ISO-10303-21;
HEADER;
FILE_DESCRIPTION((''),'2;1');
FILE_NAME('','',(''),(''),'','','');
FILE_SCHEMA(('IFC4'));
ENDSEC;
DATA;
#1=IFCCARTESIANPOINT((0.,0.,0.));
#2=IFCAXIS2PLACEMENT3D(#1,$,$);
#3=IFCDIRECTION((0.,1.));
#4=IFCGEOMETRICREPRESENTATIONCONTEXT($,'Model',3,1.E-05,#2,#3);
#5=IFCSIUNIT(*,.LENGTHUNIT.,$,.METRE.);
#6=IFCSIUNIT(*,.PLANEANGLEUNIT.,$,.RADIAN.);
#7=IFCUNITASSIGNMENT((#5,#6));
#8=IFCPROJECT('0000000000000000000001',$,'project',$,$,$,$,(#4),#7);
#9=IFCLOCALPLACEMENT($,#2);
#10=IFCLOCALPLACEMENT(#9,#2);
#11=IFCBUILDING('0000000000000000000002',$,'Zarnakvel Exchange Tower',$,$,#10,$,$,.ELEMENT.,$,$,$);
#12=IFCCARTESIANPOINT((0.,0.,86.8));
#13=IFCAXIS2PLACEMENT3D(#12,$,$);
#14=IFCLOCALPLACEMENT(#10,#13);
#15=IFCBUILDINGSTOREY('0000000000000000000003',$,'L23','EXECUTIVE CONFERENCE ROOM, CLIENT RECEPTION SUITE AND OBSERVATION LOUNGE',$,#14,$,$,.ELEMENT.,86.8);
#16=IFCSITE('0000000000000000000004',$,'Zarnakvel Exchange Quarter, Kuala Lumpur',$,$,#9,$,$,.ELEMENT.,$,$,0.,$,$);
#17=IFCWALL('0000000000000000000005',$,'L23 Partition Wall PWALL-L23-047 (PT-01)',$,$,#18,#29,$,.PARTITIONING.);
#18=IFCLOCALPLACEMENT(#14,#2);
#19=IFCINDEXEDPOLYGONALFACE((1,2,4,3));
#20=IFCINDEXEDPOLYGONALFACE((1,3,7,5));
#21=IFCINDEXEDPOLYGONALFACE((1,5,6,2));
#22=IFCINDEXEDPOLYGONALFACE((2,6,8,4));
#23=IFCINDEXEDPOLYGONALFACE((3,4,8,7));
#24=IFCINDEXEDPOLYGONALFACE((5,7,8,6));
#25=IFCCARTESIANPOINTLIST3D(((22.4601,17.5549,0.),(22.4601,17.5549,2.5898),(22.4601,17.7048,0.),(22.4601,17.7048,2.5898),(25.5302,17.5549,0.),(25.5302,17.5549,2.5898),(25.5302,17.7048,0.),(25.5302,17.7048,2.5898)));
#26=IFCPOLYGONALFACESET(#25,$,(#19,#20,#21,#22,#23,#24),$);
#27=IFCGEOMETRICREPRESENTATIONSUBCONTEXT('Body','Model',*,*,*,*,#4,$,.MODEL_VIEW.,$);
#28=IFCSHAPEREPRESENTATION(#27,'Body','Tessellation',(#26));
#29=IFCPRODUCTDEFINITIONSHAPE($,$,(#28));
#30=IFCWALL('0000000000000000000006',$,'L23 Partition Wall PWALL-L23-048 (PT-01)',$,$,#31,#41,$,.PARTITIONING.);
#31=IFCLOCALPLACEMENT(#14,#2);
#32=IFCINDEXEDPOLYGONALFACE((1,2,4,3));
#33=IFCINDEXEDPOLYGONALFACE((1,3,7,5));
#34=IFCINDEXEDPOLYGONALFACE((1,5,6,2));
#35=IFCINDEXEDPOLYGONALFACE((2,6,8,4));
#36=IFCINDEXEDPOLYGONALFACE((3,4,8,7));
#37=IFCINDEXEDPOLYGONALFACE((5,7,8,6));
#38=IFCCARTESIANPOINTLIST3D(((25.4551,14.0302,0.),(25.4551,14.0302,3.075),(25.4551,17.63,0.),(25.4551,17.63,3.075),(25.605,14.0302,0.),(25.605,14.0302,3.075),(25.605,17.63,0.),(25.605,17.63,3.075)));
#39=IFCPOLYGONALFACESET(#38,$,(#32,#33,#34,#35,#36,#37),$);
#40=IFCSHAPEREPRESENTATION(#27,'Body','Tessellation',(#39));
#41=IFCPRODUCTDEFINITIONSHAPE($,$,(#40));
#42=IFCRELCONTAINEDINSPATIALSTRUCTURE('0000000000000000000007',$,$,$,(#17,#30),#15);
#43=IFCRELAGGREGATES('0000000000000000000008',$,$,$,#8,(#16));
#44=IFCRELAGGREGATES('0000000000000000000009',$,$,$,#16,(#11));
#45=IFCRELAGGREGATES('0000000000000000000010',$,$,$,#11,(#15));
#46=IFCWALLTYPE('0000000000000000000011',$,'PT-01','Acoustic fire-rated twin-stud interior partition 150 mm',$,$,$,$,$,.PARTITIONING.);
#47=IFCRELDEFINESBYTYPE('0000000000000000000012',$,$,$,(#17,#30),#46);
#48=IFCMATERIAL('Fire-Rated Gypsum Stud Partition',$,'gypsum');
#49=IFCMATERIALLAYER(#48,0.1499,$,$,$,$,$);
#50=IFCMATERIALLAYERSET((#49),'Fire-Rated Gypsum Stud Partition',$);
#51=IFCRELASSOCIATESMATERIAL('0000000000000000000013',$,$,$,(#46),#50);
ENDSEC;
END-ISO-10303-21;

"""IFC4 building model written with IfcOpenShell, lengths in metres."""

from ifc_helpers import new_model, si_unit, direction, frame, frame_2d, origin, place, context, subcontext, project, spatial, rectangle, extrude, material, layer, layer_set, type_object, element, save


model = new_model("IFC4")

# Units and contexts
model_context = context("Model", 3, precision=1e-05, world=origin(), true_north=direction((0.0, 1.0)))
body_context = subcontext(model_context, "Body", "Model", "MODEL_VIEW")
ifc_project = project(units=[si_unit("LENGTHUNIT", "METRE"), si_unit("PLANEANGLEUNIT", "RADIAN")], contexts=[model_context])

# Site, building, storey
site_placement = place(None, origin())
site = spatial("IfcSite", under=ifc_project, at=site_placement, Name="Zarnakvel Exchange Quarter, Kuala Lumpur", CompositionType="ELEMENT", RefElevation=0.0)
building_placement = place(site_placement, origin())
building = spatial("IfcBuilding", under=site, at=building_placement, Name="Zarnakvel Exchange Tower", CompositionType="ELEMENT")
storey_placement = place(building_placement, frame((0.0, 0.0, 86.8)))
storey = spatial("IfcBuildingStorey", under=building, at=storey_placement, Name="L23", Description="EXECUTIVE CONFERENCE ROOM, CLIENT RECEPTION SUITE AND OBSERVATION LOUNGE", CompositionType="ELEMENT", Elevation=86.8)

# Shared definitions
ifc_material_1 = material(Name="Fire-Rated Gypsum Stud Partition", Category="gypsum")
ifc_layer_1 = layer(ifc_material_1, 0.1499)
ifc_layer_set_1 = layer_set([ifc_layer_1], Name="Fire-Rated Gypsum Stud Partition")
wall_type_1 = type_object("IfcWallType", Name="PT-01", Description="Acoustic fire-rated twin-stud interior partition 150 mm", PredefinedType="PARTITIONING", material=ifc_layer_set_1)

# Walls
wall_1_placement = place(storey_placement, frame((22.46, 17.6299, 0.0), z_axis=(0.0, 0.0, 1.0), x_axis=(1.0, 0.0, 0.0)))
element("IfcWall", 1, at=wall_1_placement, inside=storey, type_object=wall_type_1, Name="L23 Partition Wall PWALL-L23-047 (PT-01)", PredefinedType="PARTITIONING", context=body_context, shape_type="SweptSolid", body=[
    extrude(rectangle(XDim=3.0701, YDim=0.1499, at=frame_2d((1.5352, 0.0))), origin(), (0.0, 0.0, 1.0), 2.5898),
])
wall_2_placement = place(storey_placement, frame((25.53, 17.6299, 0.0), z_axis=(0.0, 0.0, 1.0), x_axis=(0.0, -1.0, 0.0)))
element("IfcWall", 2, at=wall_2_placement, inside=storey, type_object=wall_type_1, Name="L23 Partition Wall PWALL-L23-048 (PT-01)", PredefinedType="PARTITIONING", context=body_context, shape_type="SweptSolid", body=[
    extrude(rectangle(XDim=3.5999, YDim=0.1499, at=frame_2d((1.7998, 0.0))), origin(), (0.0, 0.0, 1.0), 3.075),
])

save(model, "model.ifc")
